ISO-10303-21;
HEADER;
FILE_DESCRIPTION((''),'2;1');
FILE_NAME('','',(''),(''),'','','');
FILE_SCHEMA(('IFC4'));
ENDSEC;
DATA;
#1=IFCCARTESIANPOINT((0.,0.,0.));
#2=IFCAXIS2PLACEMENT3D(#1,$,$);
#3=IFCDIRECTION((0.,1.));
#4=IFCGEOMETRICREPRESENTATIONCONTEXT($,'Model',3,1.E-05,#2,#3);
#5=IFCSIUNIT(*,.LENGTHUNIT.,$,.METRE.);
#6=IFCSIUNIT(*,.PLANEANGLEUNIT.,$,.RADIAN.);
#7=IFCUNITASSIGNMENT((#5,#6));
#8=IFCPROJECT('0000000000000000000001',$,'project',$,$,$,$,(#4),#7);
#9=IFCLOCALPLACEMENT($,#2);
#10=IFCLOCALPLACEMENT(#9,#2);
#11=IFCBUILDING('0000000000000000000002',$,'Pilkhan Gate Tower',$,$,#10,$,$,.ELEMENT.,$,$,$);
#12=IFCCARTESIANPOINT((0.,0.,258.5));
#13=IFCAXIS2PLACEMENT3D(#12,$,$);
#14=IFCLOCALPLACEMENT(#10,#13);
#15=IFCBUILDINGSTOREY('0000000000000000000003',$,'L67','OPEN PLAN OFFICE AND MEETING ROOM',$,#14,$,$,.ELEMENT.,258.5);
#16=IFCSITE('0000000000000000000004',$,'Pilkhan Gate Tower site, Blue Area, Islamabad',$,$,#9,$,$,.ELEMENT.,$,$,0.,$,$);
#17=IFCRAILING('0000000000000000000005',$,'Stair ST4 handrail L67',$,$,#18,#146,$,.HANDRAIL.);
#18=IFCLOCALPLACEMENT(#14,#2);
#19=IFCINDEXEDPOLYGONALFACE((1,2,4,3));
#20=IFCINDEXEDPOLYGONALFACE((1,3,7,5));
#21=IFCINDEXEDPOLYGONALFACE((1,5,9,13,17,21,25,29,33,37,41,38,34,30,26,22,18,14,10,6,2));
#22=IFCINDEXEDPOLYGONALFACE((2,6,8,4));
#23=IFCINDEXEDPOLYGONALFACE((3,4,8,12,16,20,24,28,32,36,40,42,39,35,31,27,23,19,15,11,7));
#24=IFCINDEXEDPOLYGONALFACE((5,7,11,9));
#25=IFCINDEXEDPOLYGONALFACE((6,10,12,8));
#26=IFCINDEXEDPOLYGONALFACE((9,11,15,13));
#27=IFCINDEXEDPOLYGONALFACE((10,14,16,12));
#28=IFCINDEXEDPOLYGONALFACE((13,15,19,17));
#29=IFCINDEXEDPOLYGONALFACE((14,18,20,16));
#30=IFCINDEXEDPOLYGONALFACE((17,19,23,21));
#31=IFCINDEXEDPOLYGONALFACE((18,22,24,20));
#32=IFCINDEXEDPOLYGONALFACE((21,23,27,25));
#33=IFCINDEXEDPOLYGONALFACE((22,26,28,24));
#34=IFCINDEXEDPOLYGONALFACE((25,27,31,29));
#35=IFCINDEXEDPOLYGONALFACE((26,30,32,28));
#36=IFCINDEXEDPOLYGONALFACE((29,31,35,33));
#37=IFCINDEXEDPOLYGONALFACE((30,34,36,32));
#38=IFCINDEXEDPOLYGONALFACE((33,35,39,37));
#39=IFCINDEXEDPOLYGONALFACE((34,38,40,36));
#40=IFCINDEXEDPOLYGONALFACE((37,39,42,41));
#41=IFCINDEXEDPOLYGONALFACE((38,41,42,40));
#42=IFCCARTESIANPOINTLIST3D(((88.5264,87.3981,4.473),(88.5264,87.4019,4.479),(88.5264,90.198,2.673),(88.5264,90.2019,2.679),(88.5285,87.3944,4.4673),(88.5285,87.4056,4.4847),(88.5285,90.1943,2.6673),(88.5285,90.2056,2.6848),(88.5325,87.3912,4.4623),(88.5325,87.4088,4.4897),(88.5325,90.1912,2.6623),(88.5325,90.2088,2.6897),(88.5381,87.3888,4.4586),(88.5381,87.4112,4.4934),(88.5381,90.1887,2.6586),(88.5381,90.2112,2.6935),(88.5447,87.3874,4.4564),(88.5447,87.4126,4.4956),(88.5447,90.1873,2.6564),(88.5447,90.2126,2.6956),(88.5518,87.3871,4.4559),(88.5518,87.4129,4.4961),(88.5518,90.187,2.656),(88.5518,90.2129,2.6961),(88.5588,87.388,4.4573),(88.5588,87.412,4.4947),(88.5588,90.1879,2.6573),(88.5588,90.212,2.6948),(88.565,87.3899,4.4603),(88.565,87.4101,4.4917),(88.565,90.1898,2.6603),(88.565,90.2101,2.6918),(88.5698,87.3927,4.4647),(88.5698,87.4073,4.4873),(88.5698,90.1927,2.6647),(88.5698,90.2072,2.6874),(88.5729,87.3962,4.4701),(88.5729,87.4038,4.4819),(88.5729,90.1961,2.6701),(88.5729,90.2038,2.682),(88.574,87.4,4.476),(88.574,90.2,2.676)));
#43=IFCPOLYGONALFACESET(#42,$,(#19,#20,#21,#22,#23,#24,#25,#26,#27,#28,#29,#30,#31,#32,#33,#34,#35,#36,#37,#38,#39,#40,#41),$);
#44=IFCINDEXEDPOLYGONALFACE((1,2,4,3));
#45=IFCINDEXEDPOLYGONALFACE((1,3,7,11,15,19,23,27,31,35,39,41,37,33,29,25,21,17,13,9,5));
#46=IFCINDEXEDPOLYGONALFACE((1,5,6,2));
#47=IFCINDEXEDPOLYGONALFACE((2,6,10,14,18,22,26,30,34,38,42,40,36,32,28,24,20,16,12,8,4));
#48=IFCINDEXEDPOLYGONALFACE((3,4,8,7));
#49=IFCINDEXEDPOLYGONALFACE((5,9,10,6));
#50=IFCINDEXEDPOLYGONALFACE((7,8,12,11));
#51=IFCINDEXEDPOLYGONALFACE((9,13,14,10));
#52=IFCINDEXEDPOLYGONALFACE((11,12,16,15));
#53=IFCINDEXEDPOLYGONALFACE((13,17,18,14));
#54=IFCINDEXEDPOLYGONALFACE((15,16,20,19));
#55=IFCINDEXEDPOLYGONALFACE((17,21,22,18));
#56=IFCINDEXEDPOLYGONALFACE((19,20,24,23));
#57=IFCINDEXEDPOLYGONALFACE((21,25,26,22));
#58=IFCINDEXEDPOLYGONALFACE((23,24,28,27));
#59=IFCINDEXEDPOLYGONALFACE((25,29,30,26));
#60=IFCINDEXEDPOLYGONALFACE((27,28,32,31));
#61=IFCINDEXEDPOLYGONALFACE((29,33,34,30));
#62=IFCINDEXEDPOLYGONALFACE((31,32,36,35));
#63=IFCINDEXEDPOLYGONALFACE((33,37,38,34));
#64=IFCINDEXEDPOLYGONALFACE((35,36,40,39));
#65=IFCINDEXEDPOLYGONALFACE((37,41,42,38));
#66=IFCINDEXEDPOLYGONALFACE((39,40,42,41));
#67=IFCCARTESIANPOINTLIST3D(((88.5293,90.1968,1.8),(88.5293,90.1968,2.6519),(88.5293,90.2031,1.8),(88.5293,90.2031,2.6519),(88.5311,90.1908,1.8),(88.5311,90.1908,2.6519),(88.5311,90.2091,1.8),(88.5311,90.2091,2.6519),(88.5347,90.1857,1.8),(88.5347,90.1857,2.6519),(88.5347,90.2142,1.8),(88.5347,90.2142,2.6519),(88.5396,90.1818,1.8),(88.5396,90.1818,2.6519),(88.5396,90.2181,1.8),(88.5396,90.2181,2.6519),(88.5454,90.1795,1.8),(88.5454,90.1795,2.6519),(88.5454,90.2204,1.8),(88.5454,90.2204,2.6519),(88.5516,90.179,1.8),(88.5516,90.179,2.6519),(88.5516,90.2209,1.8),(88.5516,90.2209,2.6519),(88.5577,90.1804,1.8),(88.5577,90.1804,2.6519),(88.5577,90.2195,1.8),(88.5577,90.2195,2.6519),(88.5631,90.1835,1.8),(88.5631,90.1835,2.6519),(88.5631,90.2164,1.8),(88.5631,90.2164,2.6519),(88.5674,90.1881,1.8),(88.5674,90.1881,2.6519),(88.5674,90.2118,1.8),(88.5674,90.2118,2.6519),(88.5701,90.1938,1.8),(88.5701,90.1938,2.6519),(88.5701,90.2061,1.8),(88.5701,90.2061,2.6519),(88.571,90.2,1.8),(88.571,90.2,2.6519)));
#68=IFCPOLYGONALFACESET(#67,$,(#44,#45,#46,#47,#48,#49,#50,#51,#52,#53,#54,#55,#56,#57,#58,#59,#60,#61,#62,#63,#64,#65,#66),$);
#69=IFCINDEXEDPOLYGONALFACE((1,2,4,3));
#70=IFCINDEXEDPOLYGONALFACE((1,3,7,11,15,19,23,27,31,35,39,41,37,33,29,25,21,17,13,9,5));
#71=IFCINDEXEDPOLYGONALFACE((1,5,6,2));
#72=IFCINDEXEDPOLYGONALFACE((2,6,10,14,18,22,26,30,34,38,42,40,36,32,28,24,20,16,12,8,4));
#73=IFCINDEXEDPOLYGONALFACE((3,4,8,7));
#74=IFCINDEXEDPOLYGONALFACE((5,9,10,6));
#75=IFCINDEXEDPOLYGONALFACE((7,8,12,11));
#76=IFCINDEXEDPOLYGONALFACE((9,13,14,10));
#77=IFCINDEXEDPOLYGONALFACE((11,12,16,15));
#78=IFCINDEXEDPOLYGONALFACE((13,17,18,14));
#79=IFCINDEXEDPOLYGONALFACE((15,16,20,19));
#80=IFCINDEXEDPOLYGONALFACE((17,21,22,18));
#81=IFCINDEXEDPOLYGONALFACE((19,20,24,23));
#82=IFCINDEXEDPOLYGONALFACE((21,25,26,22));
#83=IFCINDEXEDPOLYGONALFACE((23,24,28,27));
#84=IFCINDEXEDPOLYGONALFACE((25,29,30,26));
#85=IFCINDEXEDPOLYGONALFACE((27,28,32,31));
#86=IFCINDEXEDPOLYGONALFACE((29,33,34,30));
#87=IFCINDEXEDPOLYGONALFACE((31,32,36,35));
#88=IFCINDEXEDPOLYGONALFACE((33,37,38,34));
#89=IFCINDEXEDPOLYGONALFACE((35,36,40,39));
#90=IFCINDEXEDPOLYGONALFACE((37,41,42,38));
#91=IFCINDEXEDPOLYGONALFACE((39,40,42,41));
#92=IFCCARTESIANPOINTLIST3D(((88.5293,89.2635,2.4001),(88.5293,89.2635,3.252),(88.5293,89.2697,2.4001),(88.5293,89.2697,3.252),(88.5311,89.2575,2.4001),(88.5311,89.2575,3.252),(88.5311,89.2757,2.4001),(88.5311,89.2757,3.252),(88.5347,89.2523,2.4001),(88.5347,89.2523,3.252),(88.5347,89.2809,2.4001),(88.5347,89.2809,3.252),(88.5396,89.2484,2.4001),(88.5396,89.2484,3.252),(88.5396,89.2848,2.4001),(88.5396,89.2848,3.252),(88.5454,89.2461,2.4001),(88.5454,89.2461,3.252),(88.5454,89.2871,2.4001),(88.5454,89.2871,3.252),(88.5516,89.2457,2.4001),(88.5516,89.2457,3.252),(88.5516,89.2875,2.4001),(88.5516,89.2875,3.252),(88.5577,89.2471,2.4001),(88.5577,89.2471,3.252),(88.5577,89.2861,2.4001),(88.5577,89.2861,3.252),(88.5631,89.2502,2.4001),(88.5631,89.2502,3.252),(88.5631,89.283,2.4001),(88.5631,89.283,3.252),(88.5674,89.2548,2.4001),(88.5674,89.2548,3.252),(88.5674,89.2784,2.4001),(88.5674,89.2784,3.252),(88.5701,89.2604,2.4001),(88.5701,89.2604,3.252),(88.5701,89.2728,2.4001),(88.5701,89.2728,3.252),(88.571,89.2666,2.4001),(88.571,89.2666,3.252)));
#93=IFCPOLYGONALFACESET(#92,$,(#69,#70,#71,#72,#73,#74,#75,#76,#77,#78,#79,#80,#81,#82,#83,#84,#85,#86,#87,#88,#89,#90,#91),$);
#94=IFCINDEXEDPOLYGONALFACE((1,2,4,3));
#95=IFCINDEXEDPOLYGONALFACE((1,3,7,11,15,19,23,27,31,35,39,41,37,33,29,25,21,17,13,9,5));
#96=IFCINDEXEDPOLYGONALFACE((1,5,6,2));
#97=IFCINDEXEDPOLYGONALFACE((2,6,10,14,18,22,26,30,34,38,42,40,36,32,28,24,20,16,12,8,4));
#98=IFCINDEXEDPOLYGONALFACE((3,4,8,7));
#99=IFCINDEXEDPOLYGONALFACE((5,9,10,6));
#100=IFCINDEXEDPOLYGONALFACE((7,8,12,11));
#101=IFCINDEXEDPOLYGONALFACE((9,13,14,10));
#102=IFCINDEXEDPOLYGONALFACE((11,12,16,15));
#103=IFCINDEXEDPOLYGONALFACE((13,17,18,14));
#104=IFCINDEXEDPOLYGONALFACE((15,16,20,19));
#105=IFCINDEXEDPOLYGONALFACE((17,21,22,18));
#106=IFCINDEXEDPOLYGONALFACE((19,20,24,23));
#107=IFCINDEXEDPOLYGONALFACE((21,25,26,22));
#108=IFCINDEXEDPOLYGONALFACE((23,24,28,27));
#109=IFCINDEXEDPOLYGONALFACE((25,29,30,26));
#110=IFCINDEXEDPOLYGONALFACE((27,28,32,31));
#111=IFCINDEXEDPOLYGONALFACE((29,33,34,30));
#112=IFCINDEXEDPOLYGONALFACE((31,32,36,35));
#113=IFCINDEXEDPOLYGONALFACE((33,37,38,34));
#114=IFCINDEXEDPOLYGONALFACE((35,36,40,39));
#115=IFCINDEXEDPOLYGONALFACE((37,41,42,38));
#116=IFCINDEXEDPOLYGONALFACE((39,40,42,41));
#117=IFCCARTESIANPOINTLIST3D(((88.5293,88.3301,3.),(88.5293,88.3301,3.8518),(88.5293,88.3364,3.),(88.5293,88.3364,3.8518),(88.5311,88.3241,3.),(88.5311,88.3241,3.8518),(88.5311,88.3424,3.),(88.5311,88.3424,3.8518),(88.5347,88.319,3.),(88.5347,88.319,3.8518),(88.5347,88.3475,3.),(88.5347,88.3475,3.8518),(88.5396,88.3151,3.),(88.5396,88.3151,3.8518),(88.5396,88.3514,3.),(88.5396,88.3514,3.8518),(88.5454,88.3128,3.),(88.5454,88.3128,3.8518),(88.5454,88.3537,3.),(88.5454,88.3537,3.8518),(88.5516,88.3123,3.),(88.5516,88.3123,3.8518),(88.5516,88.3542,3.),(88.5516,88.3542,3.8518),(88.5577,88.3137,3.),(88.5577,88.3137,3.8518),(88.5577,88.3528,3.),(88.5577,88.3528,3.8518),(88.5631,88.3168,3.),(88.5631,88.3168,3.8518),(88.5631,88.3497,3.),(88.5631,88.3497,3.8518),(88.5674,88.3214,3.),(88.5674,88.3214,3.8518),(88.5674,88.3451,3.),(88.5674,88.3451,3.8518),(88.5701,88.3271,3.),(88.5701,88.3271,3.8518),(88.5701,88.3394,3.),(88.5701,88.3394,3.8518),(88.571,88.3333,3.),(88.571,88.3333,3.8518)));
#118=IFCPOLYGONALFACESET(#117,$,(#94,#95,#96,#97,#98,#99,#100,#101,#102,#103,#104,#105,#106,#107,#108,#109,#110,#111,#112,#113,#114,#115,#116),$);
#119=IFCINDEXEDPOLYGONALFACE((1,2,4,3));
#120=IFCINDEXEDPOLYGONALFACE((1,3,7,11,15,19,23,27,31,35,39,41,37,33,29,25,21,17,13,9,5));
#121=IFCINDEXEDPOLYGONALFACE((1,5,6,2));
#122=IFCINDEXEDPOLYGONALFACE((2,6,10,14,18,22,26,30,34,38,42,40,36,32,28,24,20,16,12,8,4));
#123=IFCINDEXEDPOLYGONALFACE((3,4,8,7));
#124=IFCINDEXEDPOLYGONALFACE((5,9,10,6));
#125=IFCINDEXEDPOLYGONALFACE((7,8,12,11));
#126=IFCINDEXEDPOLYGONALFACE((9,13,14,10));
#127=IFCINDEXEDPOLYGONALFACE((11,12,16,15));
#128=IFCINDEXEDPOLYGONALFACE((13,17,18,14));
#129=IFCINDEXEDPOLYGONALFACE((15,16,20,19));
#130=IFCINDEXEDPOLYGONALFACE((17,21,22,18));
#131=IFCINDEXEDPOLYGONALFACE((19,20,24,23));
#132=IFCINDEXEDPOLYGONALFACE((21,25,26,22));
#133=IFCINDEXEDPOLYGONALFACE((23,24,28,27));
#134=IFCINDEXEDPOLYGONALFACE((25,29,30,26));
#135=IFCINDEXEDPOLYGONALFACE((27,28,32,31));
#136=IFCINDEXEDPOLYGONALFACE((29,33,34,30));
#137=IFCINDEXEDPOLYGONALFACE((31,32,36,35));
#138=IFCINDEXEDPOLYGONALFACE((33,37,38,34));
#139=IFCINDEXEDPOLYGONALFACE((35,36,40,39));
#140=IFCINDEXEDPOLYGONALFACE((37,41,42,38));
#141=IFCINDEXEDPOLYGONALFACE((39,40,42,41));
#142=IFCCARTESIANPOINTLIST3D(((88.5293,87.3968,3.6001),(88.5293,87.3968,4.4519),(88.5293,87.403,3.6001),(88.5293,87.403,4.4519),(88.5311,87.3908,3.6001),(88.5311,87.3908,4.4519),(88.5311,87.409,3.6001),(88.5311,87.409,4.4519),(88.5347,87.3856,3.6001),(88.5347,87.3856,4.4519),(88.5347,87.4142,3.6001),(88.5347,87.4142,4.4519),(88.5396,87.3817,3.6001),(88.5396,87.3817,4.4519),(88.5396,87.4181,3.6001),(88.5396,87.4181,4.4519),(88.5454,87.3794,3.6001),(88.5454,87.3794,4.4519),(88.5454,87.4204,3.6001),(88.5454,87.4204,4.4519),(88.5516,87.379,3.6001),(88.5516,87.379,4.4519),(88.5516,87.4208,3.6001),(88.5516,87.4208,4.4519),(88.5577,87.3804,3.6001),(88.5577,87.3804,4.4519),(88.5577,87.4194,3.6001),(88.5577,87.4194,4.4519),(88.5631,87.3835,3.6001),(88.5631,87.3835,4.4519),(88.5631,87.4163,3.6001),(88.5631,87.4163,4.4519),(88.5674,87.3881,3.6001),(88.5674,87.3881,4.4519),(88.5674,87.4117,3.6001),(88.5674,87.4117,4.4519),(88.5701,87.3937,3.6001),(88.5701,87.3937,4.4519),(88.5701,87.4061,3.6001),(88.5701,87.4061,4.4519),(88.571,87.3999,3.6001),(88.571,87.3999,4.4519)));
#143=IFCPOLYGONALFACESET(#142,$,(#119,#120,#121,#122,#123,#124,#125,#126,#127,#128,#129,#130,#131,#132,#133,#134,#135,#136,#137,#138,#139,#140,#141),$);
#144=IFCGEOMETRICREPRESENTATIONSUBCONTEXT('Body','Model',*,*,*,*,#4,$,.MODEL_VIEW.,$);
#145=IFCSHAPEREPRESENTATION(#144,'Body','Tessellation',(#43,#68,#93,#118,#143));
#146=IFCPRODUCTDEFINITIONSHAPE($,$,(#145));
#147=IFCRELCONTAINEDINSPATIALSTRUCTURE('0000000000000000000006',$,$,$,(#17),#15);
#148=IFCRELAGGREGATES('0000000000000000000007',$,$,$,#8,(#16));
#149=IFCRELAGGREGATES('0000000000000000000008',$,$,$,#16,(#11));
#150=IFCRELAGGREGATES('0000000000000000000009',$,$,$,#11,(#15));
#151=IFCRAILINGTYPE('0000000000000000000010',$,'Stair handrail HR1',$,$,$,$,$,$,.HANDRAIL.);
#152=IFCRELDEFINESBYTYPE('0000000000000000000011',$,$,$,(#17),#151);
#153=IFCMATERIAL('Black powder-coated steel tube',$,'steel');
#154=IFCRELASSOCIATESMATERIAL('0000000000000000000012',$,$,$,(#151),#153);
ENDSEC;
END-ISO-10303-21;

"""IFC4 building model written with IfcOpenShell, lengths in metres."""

from ifc_helpers import new_model, si_unit, direction, frame, origin, origin_2d, place, context, subcontext, project, spatial, circle, extrude, material, type_object, element, save


model = new_model("IFC4")

# Units and contexts
model_context = context("Model", 3, precision=1e-05, world=origin(), true_north=direction((0.0, 1.0)))
body_context = subcontext(model_context, "Body", "Model", "MODEL_VIEW")
ifc_project = project(units=[si_unit("LENGTHUNIT", "METRE"), si_unit("PLANEANGLEUNIT", "RADIAN")], contexts=[model_context])

# Site, building, storey
site_placement = place(None, origin())
site = spatial("IfcSite", under=ifc_project, at=site_placement, Name="Pilkhan Gate Tower site, Blue Area, Islamabad", CompositionType="ELEMENT", RefElevation=0.0)
building_placement = place(site_placement, origin())
building = spatial("IfcBuilding", under=site, at=building_placement, Name="Pilkhan Gate Tower", CompositionType="ELEMENT")
storey_placement = place(building_placement, frame((0.0, 0.0, 258.5)))
storey = spatial("IfcBuildingStorey", under=building, at=storey_placement, Name="L67", Description="OPEN PLAN OFFICE AND MEETING ROOM", CompositionType="ELEMENT", Elevation=258.5)

# Railing
ifc_material_1 = material(Name="Black powder-coated steel tube", Category="steel")
railing_type_1 = type_object("IfcRailingType", Name="Stair handrail HR1", PredefinedType="HANDRAIL", material=ifc_material_1)
railing_1_placement = place(storey_placement, frame((88.55, 90.2, 1.8)))
element("IfcRailing", 1, at=railing_1_placement, inside=storey, type_object=railing_type_1, Name="Stair ST4 handrail L67", PredefinedType="HANDRAIL", context=body_context, shape_type="SweptSolid", body=[
    extrude(circle(Radius=0.0239, at=origin_2d()), frame((0.0, 0.0, 0.876), z_axis=(0.0, -0.841176, 0.540761), x_axis=(1.0, 0.0, 0.0)), (0.0, 0.0, 1.0), 3.3286),
    extrude(circle(Radius=0.021, at=origin_2d()), origin(), (0.0, 0.0, 1.0), 0.8518),
    extrude(circle(Radius=0.021, at=origin_2d()), frame((0.0, -0.9333, 0.6001)), (0.0, 0.0, 1.0), 0.8518),
    extrude(circle(Radius=0.021, at=origin_2d()), frame((0.0, -1.8667, 1.2)), (0.0, 0.0, 1.0), 0.8518),
    extrude(circle(Radius=0.021, at=origin_2d()), frame((0.0, -2.8, 1.8)), (0.0, 0.0, 1.0), 0.8518),
])

save(model, "model.ifc")
